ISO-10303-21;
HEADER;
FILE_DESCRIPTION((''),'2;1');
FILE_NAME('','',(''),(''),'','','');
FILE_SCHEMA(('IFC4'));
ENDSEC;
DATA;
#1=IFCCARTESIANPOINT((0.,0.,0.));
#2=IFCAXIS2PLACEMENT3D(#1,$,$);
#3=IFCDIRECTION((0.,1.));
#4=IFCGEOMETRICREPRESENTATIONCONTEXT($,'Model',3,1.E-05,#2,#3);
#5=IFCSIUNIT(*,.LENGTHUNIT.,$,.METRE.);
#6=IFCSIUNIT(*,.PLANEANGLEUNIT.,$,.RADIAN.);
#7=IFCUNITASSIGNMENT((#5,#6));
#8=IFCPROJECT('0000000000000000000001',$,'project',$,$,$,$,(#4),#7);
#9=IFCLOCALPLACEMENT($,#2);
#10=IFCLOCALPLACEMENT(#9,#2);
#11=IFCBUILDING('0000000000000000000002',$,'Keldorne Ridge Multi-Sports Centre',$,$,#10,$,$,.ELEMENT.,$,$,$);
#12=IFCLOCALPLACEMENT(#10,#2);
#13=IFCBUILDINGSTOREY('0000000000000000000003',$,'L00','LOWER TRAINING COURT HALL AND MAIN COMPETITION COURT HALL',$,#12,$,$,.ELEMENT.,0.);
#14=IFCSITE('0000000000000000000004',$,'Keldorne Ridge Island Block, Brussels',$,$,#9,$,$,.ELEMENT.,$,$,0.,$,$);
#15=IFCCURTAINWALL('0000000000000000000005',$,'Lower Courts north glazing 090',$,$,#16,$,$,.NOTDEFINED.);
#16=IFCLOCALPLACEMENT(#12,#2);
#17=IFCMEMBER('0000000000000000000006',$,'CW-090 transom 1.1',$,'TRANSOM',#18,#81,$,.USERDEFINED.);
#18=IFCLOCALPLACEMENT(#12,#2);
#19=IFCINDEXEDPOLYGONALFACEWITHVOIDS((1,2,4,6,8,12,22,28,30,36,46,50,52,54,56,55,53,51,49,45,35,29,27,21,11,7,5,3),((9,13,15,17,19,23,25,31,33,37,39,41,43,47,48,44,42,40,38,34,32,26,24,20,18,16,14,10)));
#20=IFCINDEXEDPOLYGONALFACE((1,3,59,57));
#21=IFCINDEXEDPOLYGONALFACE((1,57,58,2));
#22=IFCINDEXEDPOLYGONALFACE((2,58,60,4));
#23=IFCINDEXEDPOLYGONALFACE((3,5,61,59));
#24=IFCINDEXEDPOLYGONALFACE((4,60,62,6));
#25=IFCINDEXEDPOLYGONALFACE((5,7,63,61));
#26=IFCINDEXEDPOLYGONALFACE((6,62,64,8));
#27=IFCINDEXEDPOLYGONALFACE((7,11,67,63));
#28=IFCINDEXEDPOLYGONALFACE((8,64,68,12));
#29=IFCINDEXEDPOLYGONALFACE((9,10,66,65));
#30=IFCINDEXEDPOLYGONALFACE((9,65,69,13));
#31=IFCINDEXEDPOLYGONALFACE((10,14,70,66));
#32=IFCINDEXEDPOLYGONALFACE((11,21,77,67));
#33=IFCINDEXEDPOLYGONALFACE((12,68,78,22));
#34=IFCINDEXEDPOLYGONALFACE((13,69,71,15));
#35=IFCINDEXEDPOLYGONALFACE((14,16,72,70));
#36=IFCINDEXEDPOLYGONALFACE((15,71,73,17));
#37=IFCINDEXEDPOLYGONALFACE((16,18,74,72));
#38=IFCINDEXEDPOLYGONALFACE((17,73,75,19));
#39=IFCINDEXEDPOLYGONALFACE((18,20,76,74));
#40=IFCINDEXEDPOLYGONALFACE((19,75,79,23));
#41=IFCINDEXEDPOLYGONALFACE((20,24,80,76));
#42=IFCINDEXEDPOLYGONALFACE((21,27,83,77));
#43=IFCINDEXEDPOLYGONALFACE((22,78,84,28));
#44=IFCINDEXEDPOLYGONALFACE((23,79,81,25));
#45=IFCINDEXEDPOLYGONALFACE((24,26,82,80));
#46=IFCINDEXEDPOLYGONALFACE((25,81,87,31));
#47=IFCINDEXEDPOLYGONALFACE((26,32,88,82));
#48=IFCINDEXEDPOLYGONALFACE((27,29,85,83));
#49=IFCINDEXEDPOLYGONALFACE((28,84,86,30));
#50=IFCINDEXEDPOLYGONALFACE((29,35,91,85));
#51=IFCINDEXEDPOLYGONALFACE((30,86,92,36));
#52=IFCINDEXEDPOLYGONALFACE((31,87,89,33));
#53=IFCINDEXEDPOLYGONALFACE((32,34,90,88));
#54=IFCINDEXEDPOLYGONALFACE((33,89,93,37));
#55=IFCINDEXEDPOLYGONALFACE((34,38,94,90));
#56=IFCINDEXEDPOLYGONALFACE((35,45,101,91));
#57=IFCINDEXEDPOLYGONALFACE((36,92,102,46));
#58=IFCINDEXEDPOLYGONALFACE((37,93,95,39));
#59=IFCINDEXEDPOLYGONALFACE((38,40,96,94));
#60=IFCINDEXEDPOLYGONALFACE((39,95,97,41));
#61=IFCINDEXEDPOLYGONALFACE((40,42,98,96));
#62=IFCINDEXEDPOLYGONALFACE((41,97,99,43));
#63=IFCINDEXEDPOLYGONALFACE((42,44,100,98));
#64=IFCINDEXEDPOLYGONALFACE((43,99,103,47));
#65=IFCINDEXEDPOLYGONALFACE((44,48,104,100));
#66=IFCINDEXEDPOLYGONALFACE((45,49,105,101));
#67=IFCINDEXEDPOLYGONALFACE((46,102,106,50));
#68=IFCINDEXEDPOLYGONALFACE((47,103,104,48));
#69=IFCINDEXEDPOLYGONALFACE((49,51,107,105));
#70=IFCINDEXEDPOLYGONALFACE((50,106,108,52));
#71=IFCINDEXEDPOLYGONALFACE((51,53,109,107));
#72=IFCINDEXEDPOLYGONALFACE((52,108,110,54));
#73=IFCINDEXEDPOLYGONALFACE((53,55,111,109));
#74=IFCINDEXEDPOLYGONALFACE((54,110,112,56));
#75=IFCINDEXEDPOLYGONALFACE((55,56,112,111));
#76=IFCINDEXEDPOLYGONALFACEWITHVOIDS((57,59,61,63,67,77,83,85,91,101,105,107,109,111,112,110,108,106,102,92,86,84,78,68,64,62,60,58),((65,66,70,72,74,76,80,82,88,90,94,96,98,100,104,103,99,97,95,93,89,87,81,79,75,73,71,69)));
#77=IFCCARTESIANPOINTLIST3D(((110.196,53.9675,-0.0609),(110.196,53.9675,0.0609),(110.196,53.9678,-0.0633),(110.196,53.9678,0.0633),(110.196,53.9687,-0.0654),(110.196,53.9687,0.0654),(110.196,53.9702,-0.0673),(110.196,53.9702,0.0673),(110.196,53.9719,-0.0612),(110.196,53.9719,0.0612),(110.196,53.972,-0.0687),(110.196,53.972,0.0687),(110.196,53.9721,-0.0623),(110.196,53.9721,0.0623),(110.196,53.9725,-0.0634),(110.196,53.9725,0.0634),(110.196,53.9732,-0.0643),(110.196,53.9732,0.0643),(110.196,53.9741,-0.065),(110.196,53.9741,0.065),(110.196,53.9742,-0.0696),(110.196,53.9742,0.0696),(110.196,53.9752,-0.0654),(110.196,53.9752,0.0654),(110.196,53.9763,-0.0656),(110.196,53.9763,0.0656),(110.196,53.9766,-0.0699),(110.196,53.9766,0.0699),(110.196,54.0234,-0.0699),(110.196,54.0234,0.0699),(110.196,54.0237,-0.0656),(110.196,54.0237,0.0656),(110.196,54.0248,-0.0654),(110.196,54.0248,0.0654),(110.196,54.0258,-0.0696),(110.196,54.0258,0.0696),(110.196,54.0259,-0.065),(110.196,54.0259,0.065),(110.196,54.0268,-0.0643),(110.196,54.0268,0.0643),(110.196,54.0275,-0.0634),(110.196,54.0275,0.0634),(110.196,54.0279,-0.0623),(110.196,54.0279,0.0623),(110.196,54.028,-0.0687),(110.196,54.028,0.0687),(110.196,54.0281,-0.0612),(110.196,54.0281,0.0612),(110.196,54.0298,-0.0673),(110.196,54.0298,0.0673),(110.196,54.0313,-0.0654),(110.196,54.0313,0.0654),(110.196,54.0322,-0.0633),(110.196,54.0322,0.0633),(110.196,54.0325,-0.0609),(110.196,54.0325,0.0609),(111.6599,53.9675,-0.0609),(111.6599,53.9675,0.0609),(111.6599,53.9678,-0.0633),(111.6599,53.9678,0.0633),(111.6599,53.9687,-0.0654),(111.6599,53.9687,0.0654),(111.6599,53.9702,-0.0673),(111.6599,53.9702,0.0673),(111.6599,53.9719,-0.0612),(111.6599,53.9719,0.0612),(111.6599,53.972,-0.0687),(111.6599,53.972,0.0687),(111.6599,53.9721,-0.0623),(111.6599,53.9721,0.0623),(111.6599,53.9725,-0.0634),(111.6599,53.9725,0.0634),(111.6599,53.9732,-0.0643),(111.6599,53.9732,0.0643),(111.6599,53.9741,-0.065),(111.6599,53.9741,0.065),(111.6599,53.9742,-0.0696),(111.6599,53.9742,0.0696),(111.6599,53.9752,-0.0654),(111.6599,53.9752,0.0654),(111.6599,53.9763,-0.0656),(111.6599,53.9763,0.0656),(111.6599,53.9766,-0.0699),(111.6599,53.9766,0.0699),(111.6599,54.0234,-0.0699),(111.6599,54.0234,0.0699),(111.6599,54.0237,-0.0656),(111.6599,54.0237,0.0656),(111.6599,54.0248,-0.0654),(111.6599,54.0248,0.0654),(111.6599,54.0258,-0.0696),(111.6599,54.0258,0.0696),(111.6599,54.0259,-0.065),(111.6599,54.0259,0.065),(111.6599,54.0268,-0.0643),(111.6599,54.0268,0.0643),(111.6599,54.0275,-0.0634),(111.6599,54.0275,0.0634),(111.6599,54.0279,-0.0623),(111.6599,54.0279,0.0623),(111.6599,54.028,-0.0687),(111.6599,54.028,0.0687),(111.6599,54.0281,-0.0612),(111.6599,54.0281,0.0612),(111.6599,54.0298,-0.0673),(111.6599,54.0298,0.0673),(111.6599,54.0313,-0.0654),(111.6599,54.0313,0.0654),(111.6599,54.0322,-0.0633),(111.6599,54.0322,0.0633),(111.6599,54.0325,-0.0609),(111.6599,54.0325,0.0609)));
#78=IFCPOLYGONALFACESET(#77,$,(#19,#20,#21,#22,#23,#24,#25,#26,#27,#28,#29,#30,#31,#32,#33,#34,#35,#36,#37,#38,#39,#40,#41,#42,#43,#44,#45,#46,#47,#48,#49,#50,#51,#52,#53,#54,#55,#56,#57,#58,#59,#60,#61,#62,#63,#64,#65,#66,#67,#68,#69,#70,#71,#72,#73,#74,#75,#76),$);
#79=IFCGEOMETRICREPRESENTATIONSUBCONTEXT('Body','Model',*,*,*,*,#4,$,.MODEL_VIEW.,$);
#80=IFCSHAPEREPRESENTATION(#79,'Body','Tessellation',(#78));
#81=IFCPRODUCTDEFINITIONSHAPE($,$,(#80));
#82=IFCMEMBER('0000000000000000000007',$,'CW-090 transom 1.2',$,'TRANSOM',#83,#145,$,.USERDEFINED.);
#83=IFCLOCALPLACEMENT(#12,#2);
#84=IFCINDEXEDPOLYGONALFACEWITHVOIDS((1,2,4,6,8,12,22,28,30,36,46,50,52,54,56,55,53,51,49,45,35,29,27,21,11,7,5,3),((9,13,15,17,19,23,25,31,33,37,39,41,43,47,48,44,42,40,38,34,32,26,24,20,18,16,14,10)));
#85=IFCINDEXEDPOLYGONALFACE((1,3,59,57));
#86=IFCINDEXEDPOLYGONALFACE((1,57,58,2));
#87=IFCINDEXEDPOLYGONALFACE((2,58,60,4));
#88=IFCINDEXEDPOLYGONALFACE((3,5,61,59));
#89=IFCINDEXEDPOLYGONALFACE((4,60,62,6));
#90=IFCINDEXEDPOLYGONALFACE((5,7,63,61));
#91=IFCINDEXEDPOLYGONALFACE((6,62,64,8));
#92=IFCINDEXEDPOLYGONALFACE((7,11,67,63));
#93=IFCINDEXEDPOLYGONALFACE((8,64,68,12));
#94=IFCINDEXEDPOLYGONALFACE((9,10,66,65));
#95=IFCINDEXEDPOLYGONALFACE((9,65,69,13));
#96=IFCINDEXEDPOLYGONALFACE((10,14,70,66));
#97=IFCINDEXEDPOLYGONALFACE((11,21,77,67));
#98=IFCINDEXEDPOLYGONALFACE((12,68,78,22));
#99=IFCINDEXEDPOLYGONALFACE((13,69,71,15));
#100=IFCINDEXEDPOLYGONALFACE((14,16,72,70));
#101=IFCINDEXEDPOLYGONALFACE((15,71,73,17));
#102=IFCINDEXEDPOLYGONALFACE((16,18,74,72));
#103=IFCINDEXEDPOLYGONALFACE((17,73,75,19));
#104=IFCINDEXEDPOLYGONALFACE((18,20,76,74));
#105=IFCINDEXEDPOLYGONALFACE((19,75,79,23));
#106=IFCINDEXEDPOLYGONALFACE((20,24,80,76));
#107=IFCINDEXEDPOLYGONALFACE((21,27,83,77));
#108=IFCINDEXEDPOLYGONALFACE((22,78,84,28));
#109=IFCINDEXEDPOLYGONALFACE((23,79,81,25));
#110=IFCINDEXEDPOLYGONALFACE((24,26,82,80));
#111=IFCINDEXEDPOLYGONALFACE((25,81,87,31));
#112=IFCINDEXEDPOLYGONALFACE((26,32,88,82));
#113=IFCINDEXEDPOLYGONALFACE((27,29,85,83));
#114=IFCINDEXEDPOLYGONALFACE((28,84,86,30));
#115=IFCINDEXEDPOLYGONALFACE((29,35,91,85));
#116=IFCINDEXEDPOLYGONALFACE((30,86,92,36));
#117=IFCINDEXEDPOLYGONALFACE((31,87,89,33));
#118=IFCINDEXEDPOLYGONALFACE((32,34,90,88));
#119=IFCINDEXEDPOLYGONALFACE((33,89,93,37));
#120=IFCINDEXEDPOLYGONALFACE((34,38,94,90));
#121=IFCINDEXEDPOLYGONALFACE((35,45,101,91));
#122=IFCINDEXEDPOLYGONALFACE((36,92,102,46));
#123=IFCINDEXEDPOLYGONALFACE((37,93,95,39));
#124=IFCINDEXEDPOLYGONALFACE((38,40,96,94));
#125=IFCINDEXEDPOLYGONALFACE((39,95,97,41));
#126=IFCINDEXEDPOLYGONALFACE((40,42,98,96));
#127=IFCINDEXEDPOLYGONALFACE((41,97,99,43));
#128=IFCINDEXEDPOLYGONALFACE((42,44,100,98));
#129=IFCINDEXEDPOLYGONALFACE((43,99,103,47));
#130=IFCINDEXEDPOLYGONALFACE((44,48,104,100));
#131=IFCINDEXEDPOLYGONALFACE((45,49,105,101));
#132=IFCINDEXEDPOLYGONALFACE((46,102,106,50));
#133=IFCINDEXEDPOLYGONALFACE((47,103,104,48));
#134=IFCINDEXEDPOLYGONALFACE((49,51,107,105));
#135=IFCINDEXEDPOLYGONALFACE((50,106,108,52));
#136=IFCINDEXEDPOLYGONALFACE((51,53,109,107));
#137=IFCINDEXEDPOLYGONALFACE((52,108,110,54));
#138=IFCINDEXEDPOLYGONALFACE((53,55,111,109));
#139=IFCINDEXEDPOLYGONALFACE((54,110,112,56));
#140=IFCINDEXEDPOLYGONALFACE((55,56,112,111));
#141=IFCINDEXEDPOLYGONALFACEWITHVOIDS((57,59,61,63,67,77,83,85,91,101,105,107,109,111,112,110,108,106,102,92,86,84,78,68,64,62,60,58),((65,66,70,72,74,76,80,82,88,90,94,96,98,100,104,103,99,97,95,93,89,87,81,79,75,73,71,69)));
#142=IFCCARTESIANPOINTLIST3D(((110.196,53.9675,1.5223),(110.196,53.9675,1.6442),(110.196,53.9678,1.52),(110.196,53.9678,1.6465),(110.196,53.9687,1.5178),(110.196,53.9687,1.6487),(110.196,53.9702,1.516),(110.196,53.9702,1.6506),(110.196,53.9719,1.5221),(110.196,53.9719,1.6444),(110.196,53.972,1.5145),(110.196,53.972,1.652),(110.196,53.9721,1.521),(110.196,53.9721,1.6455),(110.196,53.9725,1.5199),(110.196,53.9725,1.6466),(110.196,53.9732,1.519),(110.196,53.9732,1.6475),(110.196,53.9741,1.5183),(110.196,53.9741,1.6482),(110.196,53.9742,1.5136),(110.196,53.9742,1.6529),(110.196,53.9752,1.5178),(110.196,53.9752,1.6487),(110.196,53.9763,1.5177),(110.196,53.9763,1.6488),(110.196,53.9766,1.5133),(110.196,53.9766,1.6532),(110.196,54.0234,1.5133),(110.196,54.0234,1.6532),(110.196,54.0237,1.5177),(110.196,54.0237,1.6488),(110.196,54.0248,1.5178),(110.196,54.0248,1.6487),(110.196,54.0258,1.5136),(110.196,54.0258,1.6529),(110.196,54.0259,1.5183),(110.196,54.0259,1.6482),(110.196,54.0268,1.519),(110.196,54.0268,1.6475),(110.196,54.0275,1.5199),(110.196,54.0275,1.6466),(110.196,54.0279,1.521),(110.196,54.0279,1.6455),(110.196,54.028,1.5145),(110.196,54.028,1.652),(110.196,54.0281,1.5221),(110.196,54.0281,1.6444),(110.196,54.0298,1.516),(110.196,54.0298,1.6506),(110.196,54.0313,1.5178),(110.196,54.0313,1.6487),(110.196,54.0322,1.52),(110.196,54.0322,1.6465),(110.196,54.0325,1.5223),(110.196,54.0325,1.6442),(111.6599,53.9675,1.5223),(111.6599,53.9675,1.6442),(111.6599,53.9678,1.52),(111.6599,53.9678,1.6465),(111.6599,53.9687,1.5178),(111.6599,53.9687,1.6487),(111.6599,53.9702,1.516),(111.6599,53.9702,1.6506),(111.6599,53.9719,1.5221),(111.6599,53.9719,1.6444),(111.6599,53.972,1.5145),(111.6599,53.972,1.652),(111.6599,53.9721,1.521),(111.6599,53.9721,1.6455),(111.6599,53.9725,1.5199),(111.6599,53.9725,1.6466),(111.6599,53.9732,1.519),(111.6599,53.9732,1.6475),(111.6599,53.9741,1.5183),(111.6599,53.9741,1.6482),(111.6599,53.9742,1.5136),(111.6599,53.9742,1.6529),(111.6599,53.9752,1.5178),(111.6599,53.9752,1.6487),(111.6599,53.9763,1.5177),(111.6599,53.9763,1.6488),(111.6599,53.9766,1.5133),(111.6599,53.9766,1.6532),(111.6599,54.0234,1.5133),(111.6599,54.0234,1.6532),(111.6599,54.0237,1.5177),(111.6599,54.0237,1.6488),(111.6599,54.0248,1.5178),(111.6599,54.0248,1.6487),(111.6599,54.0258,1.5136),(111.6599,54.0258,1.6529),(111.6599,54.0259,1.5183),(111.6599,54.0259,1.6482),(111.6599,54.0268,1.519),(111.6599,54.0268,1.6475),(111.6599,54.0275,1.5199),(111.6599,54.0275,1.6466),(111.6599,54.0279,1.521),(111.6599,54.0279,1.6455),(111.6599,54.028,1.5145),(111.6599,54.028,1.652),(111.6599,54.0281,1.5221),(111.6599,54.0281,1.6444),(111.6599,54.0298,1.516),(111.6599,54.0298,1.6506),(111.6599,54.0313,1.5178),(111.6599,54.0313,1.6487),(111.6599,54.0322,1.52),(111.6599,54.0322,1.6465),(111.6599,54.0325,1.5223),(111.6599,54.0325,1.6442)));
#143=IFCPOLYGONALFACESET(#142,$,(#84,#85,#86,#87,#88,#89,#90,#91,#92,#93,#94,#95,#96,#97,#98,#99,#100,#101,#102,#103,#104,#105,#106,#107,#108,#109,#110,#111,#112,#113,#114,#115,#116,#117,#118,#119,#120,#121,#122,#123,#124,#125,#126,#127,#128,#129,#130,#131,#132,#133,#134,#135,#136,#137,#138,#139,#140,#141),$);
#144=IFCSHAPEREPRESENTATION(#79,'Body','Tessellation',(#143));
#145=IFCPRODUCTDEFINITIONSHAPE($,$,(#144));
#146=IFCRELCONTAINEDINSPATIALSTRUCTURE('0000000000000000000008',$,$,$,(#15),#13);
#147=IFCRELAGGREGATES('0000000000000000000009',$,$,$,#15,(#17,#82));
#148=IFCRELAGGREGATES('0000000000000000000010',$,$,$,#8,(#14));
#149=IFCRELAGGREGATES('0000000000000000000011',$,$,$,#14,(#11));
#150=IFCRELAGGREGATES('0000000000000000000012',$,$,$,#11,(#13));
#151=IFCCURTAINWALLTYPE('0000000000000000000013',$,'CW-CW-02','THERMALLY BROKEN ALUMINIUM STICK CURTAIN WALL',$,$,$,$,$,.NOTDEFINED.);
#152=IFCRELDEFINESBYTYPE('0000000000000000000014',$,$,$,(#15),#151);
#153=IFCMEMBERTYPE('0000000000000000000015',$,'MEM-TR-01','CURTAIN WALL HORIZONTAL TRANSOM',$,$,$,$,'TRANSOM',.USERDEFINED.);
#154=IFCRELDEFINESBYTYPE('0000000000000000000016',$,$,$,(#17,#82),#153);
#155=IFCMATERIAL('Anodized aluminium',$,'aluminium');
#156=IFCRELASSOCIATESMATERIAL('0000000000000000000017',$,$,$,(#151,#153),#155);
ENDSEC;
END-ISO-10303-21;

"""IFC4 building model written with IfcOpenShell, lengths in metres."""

from ifc_helpers import new_model, si_unit, direction, frame, origin, origin_2d, place, context, subcontext, project, spatial, hollow_rectangle, extrude, material, material_profile, profile_set, type_object, element, aggregate, save


model = new_model("IFC4")

# Units and contexts
model_context = context("Model", 3, precision=1e-05, world=origin(), true_north=direction((0.0, 1.0)))
body_context = subcontext(model_context, "Body", "Model", "MODEL_VIEW")
ifc_project = project(units=[si_unit("LENGTHUNIT", "METRE"), si_unit("PLANEANGLEUNIT", "RADIAN")], contexts=[model_context])

# Site, building, storey
site_placement = place(None, origin())
site = spatial("IfcSite", under=ifc_project, at=site_placement, Name="Keldorne Ridge Island Block, Brussels", CompositionType="ELEMENT", RefElevation=0.0)
building_placement = place(site_placement, origin())
building = spatial("IfcBuilding", under=site, at=building_placement, Name="Keldorne Ridge Multi-Sports Centre", CompositionType="ELEMENT")
storey_placement = place(building_placement, origin())
storey = spatial("IfcBuildingStorey", under=building, at=storey_placement, Name="L00", Description="LOWER TRAINING COURT HALL AND MAIN COMPETITION COURT HALL", CompositionType="ELEMENT", Elevation=0.0)

# Curtain wall, members
ifc_material_1 = material(Name="Anodized aluminium", Category="aluminium")
curtain_wall_type = type_object("IfcCurtainWallType", Name="CW-CW-02", Description="THERMALLY BROKEN ALUMINIUM STICK CURTAIN WALL", PredefinedType="NOTDEFINED", material=ifc_material_1)
curtain_wall_placement = place(storey_placement, origin())
curtain_wall = element("IfcCurtainWall", 1, at=curtain_wall_placement, inside=storey, type_object=curtain_wall_type, Name="Lower Courts north glazing 090", PredefinedType="NOTDEFINED")
ifc_material_profile_1 = material_profile(ifc_material_1, hollow_rectangle(XDim=0.0649, YDim=0.1399, WallThickness=0.0044, InnerFilletRadius=0.0044, OuterFilletRadius=0.009, at=origin_2d()), Name="ALU TRANSOM 140x65x4.5")
ifc_profile_set_1 = profile_set([ifc_material_profile_1], Name="Anodized aluminium")
member_type_1 = type_object("IfcMemberType", Name="MEM-TR-01", Description="CURTAIN WALL HORIZONTAL TRANSOM", ElementType="TRANSOM", PredefinedType="USERDEFINED", material=ifc_profile_set_1)
member_1_placement = place(storey_placement, frame((111.6599, 54.0, 0.0), z_axis=(-1.0, 0.0, 0.0), x_axis=(0.0, -1.0, 0.0)))
member_1 = element("IfcMember", 2, at=member_1_placement, type_object=member_type_1, Name="CW-090 transom 1.1", ObjectType="TRANSOM", PredefinedType="USERDEFINED", context=body_context, shape_type="SweptSolid", body=[
    extrude(hollow_rectangle(XDim=0.0649, YDim=0.1399, WallThickness=0.0044, InnerFilletRadius=0.0044, OuterFilletRadius=0.009, at=origin_2d()), origin(), (0.0, 0.0, 1.0), 1.4639),
])
member_2_placement = place(storey_placement, frame((111.6599, 54.0, 1.5833), z_axis=(-1.0, 0.0, 0.0), x_axis=(0.0, -1.0, 0.0)))
member_2 = element("IfcMember", 3, at=member_2_placement, type_object=member_type_1, Name="CW-090 transom 1.2", ObjectType="TRANSOM", PredefinedType="USERDEFINED", context=body_context, shape_type="SweptSolid", body=[
    extrude(hollow_rectangle(XDim=0.0649, YDim=0.1399, WallThickness=0.0044, InnerFilletRadius=0.0044, OuterFilletRadius=0.009, at=origin_2d()), origin(), (0.0, 0.0, 1.0), 1.4639),
])
aggregate(curtain_wall, [member_1, member_2])

save(model, "model.ifc")
